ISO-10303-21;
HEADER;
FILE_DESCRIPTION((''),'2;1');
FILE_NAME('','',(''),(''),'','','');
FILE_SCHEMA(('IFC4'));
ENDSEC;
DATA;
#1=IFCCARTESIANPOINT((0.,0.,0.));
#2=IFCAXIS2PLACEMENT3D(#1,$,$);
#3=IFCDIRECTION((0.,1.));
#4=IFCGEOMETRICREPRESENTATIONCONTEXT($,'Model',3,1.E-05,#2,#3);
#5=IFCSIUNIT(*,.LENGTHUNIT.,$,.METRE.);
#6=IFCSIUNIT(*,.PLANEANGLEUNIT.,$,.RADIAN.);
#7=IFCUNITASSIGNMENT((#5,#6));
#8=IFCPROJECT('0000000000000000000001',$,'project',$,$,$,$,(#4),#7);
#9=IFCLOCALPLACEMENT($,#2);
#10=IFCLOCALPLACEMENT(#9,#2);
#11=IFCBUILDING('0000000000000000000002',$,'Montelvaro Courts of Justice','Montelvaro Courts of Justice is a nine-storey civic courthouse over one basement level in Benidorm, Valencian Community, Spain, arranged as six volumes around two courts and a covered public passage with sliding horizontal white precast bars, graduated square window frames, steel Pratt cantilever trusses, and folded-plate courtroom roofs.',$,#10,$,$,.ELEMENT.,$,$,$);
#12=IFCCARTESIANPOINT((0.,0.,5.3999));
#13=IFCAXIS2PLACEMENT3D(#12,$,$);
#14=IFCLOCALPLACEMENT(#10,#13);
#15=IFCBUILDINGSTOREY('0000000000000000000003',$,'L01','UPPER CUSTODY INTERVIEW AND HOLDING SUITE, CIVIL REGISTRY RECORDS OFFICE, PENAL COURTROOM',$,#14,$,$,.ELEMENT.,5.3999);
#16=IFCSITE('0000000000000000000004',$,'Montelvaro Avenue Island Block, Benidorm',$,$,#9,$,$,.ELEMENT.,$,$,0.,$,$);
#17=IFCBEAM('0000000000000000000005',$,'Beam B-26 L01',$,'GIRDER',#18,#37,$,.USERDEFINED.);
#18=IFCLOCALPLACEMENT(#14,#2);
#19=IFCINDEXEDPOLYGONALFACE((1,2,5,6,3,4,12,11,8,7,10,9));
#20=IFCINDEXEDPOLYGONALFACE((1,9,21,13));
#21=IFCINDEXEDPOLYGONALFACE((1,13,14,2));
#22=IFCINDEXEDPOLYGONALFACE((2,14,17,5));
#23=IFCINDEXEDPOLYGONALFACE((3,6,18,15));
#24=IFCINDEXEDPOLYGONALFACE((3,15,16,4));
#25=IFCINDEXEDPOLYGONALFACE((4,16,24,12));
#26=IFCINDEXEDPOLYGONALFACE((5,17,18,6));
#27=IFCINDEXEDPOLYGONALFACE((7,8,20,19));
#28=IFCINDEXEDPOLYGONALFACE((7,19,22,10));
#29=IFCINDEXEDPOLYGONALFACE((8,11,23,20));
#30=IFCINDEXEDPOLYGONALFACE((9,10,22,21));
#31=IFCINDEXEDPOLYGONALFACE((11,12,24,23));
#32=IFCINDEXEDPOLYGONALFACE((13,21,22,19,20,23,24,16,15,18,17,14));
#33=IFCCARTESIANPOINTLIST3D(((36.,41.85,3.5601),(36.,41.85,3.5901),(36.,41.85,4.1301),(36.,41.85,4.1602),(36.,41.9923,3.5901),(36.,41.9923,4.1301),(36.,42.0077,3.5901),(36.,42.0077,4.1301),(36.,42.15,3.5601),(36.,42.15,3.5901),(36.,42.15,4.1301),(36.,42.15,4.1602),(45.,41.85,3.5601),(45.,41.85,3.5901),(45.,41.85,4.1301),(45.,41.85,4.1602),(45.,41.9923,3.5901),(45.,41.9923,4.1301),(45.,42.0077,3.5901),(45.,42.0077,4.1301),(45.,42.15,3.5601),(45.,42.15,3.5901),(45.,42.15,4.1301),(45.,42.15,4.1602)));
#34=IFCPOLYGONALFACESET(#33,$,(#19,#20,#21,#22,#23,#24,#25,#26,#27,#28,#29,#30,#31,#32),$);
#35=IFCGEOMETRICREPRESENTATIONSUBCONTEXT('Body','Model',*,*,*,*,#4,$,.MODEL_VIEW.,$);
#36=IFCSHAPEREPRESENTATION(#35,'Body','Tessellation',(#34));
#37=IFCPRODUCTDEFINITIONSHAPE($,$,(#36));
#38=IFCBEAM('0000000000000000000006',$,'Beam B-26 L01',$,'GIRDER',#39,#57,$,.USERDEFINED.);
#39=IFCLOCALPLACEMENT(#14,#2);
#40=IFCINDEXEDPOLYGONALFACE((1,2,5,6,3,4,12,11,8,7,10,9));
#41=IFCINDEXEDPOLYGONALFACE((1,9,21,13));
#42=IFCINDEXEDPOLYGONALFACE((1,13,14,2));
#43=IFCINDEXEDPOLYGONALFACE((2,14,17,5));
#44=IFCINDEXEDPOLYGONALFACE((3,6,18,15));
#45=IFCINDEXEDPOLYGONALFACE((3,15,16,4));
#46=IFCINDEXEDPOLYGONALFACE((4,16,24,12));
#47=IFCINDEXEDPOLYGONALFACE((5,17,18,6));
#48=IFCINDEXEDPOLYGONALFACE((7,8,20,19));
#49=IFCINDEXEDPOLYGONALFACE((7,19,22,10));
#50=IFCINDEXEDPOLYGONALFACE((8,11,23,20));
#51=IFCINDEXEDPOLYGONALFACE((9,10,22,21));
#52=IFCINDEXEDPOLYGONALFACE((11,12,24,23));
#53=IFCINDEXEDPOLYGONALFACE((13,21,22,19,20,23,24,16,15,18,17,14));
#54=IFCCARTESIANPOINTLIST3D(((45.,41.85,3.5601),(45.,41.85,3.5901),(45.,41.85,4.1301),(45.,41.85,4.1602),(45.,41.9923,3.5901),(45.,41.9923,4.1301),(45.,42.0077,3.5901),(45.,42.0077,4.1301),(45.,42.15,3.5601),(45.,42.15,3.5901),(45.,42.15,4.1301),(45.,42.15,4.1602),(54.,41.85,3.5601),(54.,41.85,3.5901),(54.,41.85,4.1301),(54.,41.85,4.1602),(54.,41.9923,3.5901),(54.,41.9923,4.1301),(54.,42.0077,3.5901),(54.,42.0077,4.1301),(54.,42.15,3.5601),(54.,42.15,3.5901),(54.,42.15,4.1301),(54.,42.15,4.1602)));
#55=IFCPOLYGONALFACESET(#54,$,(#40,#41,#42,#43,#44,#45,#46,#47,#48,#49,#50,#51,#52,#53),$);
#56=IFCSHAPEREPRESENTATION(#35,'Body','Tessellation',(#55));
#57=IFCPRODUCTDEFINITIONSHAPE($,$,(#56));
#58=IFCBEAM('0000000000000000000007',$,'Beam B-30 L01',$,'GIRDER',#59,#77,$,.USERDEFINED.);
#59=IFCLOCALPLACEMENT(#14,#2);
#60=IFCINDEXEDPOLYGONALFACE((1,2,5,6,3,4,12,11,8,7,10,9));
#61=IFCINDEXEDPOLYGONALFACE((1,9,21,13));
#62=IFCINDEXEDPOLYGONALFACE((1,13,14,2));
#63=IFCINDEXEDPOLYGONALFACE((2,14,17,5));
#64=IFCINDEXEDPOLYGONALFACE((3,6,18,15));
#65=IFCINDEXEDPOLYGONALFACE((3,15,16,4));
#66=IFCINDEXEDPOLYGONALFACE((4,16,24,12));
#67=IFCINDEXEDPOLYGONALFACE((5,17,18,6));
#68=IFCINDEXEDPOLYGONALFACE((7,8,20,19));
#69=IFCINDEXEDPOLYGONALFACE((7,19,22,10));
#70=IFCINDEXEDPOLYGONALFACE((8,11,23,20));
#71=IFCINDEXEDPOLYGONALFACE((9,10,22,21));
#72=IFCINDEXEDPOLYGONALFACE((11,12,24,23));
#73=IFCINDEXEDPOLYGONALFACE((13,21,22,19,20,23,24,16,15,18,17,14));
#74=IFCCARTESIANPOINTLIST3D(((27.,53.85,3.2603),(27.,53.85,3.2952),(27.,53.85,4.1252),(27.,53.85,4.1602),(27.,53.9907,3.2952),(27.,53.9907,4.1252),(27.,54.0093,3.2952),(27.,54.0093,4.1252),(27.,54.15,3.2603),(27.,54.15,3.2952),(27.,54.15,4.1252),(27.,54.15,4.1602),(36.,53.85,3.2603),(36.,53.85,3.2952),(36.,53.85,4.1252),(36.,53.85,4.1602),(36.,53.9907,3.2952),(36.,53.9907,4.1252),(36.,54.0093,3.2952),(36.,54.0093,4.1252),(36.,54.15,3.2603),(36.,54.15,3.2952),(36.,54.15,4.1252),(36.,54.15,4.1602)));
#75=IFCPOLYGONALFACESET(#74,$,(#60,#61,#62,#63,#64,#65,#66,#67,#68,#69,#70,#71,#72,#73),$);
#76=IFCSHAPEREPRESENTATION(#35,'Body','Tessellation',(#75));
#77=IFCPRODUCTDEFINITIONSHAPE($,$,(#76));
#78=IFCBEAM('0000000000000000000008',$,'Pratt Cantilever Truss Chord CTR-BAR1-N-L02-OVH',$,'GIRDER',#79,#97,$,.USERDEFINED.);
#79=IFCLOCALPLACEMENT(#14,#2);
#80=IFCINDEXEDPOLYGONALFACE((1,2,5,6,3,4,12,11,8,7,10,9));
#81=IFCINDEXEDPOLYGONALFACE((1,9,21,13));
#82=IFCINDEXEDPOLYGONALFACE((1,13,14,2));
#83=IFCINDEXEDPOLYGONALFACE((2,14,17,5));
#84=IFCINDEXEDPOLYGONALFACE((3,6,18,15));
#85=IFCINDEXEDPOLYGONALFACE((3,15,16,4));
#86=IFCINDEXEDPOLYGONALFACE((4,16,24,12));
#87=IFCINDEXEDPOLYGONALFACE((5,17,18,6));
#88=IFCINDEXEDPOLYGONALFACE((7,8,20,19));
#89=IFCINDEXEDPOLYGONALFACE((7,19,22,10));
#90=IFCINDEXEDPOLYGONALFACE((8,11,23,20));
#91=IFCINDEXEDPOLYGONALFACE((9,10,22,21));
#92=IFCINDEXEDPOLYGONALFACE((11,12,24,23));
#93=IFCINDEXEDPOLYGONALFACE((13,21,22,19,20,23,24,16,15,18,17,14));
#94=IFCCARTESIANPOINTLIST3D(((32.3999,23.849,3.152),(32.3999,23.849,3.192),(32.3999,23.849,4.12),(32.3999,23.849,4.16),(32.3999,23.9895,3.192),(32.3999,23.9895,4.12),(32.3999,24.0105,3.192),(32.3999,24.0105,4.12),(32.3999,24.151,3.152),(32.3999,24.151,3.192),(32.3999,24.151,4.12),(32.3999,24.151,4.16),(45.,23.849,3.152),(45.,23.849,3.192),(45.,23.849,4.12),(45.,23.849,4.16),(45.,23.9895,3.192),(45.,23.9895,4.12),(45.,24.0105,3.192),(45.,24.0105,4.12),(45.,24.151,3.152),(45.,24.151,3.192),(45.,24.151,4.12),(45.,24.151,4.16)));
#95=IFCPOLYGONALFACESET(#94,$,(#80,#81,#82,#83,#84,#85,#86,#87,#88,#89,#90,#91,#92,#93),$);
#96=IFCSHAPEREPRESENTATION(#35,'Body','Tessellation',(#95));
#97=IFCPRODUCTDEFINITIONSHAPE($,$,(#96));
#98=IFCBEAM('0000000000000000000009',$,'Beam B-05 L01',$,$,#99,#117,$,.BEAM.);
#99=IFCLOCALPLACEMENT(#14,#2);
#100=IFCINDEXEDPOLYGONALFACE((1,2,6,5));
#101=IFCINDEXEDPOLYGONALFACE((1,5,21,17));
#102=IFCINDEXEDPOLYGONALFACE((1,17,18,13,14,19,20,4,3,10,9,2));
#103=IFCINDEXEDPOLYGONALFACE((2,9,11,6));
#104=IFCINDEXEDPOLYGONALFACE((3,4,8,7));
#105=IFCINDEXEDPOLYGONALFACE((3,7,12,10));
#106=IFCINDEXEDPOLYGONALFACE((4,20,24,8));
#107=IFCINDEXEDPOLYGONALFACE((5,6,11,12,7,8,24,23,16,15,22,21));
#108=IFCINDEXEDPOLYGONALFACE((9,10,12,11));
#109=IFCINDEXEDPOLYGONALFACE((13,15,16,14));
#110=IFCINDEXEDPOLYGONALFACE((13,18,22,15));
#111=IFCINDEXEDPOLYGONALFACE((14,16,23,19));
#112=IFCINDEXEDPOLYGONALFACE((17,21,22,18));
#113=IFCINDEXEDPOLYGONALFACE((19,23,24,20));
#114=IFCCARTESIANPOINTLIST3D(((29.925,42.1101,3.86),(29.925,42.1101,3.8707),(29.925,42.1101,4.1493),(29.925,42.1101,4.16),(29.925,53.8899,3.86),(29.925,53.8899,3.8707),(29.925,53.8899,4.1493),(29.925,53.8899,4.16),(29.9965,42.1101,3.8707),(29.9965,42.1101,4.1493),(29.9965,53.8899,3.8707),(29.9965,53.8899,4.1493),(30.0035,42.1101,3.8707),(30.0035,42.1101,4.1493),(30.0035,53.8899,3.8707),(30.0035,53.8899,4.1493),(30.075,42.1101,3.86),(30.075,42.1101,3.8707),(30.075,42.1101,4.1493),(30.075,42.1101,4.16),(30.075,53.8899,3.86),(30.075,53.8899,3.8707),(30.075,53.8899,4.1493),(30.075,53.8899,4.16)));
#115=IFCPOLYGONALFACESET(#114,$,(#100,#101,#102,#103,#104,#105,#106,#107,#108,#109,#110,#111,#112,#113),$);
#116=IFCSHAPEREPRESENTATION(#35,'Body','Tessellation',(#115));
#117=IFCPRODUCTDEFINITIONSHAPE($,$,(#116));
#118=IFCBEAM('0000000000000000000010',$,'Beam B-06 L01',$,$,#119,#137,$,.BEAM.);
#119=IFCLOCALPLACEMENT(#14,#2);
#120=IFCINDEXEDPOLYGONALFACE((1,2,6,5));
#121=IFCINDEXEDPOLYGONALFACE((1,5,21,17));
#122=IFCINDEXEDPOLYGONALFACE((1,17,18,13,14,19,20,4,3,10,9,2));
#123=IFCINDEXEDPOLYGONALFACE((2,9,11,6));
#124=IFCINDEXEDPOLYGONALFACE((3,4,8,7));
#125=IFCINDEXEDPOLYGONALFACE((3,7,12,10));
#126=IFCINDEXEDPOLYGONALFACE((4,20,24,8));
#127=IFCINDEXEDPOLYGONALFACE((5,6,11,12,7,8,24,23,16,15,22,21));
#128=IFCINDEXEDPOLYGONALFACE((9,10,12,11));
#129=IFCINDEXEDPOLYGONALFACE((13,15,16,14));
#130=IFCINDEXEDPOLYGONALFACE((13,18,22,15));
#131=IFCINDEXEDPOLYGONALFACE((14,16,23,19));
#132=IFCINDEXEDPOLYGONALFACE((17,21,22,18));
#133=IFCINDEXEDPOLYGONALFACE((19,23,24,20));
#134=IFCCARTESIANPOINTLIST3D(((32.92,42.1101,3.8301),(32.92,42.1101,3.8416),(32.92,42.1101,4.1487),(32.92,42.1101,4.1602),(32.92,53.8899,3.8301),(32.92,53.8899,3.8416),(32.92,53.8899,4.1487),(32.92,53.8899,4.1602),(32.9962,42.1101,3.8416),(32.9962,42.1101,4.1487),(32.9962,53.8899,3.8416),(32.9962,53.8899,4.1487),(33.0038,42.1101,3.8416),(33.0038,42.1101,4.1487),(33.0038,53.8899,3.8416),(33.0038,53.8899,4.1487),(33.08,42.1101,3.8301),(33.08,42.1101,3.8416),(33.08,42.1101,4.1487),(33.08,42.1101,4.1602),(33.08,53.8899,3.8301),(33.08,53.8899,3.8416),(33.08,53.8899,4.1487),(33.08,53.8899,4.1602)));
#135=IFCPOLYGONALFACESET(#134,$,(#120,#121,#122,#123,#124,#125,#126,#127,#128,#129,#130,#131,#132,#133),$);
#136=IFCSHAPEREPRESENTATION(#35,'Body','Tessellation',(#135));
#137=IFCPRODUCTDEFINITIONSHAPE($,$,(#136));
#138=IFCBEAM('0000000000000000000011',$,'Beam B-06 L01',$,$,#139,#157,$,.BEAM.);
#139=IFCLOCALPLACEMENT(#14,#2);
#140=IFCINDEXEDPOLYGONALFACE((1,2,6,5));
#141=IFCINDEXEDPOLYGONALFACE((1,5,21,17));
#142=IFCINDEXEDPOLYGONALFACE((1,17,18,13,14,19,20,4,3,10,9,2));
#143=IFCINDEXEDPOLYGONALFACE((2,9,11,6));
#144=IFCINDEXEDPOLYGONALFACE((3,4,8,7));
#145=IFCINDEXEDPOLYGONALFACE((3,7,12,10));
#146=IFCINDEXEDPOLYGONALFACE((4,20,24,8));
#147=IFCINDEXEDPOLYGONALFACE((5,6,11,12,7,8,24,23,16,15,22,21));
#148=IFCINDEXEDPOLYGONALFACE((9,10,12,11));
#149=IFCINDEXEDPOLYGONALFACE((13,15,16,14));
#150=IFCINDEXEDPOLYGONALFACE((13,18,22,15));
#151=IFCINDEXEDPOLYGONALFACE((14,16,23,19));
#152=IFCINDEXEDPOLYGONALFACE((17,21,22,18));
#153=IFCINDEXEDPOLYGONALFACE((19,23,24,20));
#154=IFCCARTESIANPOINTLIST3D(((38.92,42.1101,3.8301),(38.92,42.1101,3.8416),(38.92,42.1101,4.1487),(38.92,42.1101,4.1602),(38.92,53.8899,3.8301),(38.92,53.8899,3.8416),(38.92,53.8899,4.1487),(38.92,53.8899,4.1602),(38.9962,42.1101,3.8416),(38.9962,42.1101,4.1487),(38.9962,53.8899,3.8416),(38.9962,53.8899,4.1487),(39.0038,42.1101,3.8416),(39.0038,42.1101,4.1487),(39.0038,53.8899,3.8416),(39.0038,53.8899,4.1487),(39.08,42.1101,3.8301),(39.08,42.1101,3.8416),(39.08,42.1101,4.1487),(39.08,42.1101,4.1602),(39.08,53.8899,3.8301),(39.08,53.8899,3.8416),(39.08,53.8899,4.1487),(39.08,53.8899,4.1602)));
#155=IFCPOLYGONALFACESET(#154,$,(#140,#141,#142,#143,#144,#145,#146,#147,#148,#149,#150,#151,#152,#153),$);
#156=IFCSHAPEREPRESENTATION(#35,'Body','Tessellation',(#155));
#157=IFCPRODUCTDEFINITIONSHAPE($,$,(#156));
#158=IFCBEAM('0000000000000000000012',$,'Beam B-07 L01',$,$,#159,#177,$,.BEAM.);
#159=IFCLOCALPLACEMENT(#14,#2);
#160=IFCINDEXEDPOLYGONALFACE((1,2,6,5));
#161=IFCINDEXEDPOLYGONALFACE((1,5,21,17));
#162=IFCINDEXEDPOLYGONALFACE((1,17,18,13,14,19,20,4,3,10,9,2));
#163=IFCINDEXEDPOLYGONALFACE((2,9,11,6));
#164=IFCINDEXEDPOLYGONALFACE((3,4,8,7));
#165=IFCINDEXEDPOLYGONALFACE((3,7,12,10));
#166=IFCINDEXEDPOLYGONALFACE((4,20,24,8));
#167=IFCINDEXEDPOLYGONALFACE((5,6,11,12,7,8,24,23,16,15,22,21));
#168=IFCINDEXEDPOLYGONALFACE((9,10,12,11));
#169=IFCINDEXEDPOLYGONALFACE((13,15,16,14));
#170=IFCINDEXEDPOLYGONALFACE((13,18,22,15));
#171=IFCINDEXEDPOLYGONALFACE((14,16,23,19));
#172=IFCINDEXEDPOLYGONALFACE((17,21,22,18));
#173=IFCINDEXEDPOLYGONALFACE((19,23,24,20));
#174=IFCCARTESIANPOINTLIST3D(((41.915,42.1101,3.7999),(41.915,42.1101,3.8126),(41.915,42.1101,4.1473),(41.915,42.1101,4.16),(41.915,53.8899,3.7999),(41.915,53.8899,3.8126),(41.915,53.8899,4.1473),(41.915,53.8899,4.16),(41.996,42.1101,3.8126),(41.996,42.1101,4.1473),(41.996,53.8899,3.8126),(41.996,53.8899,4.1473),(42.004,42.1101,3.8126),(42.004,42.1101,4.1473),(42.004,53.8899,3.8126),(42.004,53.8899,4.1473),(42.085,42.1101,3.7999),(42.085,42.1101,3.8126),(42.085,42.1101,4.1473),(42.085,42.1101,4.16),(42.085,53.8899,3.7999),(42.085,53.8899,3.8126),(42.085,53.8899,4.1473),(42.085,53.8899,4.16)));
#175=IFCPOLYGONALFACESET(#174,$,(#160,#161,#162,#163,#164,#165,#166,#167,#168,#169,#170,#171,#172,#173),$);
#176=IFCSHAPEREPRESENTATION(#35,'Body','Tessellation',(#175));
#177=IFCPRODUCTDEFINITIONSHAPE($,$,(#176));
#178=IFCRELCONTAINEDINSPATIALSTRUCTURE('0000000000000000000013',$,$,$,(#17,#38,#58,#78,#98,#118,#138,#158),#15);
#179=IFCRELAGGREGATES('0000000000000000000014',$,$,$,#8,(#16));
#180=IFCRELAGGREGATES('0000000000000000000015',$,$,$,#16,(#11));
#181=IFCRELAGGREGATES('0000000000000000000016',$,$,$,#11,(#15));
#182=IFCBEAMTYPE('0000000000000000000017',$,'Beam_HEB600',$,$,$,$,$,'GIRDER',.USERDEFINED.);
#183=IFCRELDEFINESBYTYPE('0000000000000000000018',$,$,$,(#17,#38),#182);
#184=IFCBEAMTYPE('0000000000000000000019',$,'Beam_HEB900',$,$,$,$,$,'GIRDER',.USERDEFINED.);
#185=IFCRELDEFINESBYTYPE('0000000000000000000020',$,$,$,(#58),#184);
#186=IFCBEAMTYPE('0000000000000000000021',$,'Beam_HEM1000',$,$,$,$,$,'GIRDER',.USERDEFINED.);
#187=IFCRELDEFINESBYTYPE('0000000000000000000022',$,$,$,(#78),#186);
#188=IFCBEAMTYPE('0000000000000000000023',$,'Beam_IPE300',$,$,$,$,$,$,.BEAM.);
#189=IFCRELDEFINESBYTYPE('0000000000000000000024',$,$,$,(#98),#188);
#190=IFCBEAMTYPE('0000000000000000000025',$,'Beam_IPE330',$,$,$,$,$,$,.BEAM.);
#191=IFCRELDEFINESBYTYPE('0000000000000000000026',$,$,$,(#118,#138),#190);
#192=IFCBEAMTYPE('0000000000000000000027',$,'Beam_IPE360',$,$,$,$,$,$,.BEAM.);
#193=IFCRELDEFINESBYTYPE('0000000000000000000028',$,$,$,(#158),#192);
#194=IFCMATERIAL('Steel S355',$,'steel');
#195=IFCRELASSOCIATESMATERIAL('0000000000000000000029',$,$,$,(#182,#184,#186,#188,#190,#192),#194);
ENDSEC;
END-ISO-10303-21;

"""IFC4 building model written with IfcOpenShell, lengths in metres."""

from ifc_helpers import new_model, si_unit, direction, frame, origin, origin_2d, place, context, subcontext, project, spatial, i_section, extrude, material, material_profile, profile_set, type_object, element, save


model = new_model("IFC4")

# Units and contexts
model_context = context("Model", 3, precision=1e-05, world=origin(), true_north=direction((0.0, 1.0)))
body_context = subcontext(model_context, "Body", "Model", "MODEL_VIEW")
ifc_project = project(units=[si_unit("LENGTHUNIT", "METRE"), si_unit("PLANEANGLEUNIT", "RADIAN")], contexts=[model_context])

# Site, building, storey
site_placement = place(None, origin())
site = spatial("IfcSite", under=ifc_project, at=site_placement, Name="Montelvaro Avenue Island Block, Benidorm", CompositionType="ELEMENT", RefElevation=0.0)
building_placement = place(site_placement, origin())
building = spatial("IfcBuilding", under=site, at=building_placement, Name="Montelvaro Courts of Justice", Description="Montelvaro Courts of Justice is a nine-storey civic courthouse over one basement level in Benidorm, Valencian Community, Spain, arranged as six volumes around two courts and a covered public passage with sliding horizontal white precast bars, graduated square window frames, steel Pratt cantilever trusses, and folded-plate courtroom roofs.", CompositionType="ELEMENT")
storey_placement = place(building_placement, frame((0.0, 0.0, 5.3999)))
storey = spatial("IfcBuildingStorey", under=building, at=storey_placement, Name="L01", Description="UPPER CUSTODY INTERVIEW AND HOLDING SUITE, CIVIL REGISTRY RECORDS OFFICE, PENAL COURTROOM", CompositionType="ELEMENT", Elevation=5.3999)

# Shared definitions
ifc_material_1 = material(Name="Steel S355", Category="steel")

# Beams
ifc_material_profile_1 = material_profile(ifc_material_1, i_section(OverallWidth=0.3, OverallDepth=0.6001, WebThickness=0.0154, FlangeThickness=0.03, at=origin_2d()), Name="HEB 600")
ifc_profile_set_1 = profile_set([ifc_material_profile_1], Name="Steel S355")
beam_type_1 = type_object("IfcBeamType", Name="Beam_HEB600", ElementType="GIRDER", PredefinedType="USERDEFINED", material=ifc_profile_set_1)
for number, where, z_axis, x_axis, name in (
    (1, (36.0, 42.0, 3.8601), (1.0, 0.0, 0.0), (0.0, 1.0, 0.0), "Beam B-26 L01"),
    (2, (45.0, 42.0, 3.8601), (1.0, 0.0, 0.0), (0.0, 1.0, 0.0), "Beam B-26 L01"),
):
    element("IfcBeam", number, at=place(storey_placement, frame(where, z_axis=z_axis, x_axis=x_axis)), inside=storey, type_object=beam_type_1, Name=name, ObjectType="GIRDER", PredefinedType="USERDEFINED", context=body_context, shape_type="SweptSolid", body=[
        extrude(i_section(OverallWidth=0.3, OverallDepth=0.6001, WebThickness=0.0154, FlangeThickness=0.03, at=origin_2d()), origin(), (0.0, 0.0, 1.0), 9.0),
    ])
ifc_material_profile_2 = material_profile(ifc_material_1, i_section(OverallWidth=0.3, OverallDepth=0.8999, WebThickness=0.0186, FlangeThickness=0.0349, at=origin_2d()), Name="HEB 900")
ifc_profile_set_2 = profile_set([ifc_material_profile_2], Name="Steel S355")
beam_type_2 = type_object("IfcBeamType", Name="Beam_HEB900", ElementType="GIRDER", PredefinedType="USERDEFINED", material=ifc_profile_set_2)
beam_1_placement = place(storey_placement, frame((27.0, 54.0, 3.7102), z_axis=(1.0, 0.0, 0.0), x_axis=(0.0, 1.0, 0.0)))
element("IfcBeam", 3, at=beam_1_placement, inside=storey, type_object=beam_type_2, Name="Beam B-30 L01", ObjectType="GIRDER", PredefinedType="USERDEFINED", context=body_context, shape_type="SweptSolid", body=[
    extrude(i_section(OverallWidth=0.3, OverallDepth=0.8999, WebThickness=0.0186, FlangeThickness=0.0349, at=origin_2d()), origin(), (0.0, 0.0, 1.0), 9.0),
])
ifc_material_profile_3 = material_profile(ifc_material_1, i_section(OverallWidth=0.302, OverallDepth=1.0081, WebThickness=0.021, FlangeThickness=0.04, at=origin_2d()), Name="HEM 1000")
ifc_profile_set_3 = profile_set([ifc_material_profile_3], Name="Steel S355")
beam_type_3 = type_object("IfcBeamType", Name="Beam_HEM1000", ElementType="GIRDER", PredefinedType="USERDEFINED", material=ifc_profile_set_3)
beam_2_placement = place(storey_placement, frame((45.0, 24.0, 3.656), z_axis=(-1.0, 0.0, 0.0), x_axis=(0.0, -1.0, 0.0)))
element("IfcBeam", 4, at=beam_2_placement, inside=storey, type_object=beam_type_3, Name="Pratt Cantilever Truss Chord CTR-BAR1-N-L02-OVH", ObjectType="GIRDER", PredefinedType="USERDEFINED", context=body_context, shape_type="SweptSolid", body=[
    extrude(i_section(OverallWidth=0.302, OverallDepth=1.0081, WebThickness=0.021, FlangeThickness=0.04, at=origin_2d()), origin(), (0.0, 0.0, 1.0), 12.6001),
])
ifc_material_profile_4 = material_profile(ifc_material_1, i_section(OverallWidth=0.1499, OverallDepth=0.3, WebThickness=0.0071, FlangeThickness=0.0107, at=origin_2d()), Name="IPE 300")
ifc_profile_set_4 = profile_set([ifc_material_profile_4], Name="Steel S355")
beam_type_4 = type_object("IfcBeamType", Name="Beam_IPE300", PredefinedType="BEAM", material=ifc_profile_set_4)
beam_3_placement = place(storey_placement, frame((30.0, 42.1101, 4.01), z_axis=(0.0, 1.0, 0.0), x_axis=(-1.0, 0.0, 0.0)))
element("IfcBeam", 5, at=beam_3_placement, inside=storey, type_object=beam_type_4, Name="Beam B-05 L01", PredefinedType="BEAM", context=body_context, shape_type="SweptSolid", body=[
    extrude(i_section(OverallWidth=0.1499, OverallDepth=0.3, WebThickness=0.0071, FlangeThickness=0.0107, at=origin_2d()), origin(), (0.0, 0.0, 1.0), 11.7798),
])
ifc_material_profile_5 = material_profile(ifc_material_1, i_section(OverallWidth=0.1599, OverallDepth=0.3301, WebThickness=0.0076, FlangeThickness=0.0115, at=origin_2d()), Name="IPE 330")
ifc_profile_set_5 = profile_set([ifc_material_profile_5], Name="Steel S355")
beam_type_5 = type_object("IfcBeamType", Name="Beam_IPE330", PredefinedType="BEAM", material=ifc_profile_set_5)
for number, where, z_axis, x_axis, name in (
    (6, (33.0, 42.1101, 3.9951), (0.0, 1.0, 0.0), (-1.0, 0.0, 0.0), "Beam B-06 L01"),
    (7, (39.0, 42.1101, 3.9951), (0.0, 1.0, 0.0), (-1.0, 0.0, 0.0), "Beam B-06 L01"),
):
    element("IfcBeam", number, at=place(storey_placement, frame(where, z_axis=z_axis, x_axis=x_axis)), inside=storey, type_object=beam_type_5, Name=name, PredefinedType="BEAM", context=body_context, shape_type="SweptSolid", body=[
        extrude(i_section(OverallWidth=0.1599, OverallDepth=0.3301, WebThickness=0.0076, FlangeThickness=0.0115, at=origin_2d()), origin(), (0.0, 0.0, 1.0), 11.7798),
    ])
ifc_material_profile_6 = material_profile(ifc_material_1, i_section(OverallWidth=0.1699, OverallDepth=0.3601, WebThickness=0.0081, FlangeThickness=0.0127, at=origin_2d()), Name="IPE 360")
ifc_profile_set_6 = profile_set([ifc_material_profile_6], Name="Steel S355")
beam_type_6 = type_object("IfcBeamType", Name="Beam_IPE360", PredefinedType="BEAM", material=ifc_profile_set_6)
beam_4_placement = place(storey_placement, frame((42.0, 42.1101, 3.98), z_axis=(0.0, 1.0, 0.0), x_axis=(-1.0, 0.0, 0.0)))
element("IfcBeam", 8, at=beam_4_placement, inside=storey, type_object=beam_type_6, Name="Beam B-07 L01", PredefinedType="BEAM", context=body_context, shape_type="SweptSolid", body=[
    extrude(i_section(OverallWidth=0.1699, OverallDepth=0.3601, WebThickness=0.0081, FlangeThickness=0.0127, at=origin_2d()), origin(), (0.0, 0.0, 1.0), 11.7798),
])

save(model, "model.ifc")
